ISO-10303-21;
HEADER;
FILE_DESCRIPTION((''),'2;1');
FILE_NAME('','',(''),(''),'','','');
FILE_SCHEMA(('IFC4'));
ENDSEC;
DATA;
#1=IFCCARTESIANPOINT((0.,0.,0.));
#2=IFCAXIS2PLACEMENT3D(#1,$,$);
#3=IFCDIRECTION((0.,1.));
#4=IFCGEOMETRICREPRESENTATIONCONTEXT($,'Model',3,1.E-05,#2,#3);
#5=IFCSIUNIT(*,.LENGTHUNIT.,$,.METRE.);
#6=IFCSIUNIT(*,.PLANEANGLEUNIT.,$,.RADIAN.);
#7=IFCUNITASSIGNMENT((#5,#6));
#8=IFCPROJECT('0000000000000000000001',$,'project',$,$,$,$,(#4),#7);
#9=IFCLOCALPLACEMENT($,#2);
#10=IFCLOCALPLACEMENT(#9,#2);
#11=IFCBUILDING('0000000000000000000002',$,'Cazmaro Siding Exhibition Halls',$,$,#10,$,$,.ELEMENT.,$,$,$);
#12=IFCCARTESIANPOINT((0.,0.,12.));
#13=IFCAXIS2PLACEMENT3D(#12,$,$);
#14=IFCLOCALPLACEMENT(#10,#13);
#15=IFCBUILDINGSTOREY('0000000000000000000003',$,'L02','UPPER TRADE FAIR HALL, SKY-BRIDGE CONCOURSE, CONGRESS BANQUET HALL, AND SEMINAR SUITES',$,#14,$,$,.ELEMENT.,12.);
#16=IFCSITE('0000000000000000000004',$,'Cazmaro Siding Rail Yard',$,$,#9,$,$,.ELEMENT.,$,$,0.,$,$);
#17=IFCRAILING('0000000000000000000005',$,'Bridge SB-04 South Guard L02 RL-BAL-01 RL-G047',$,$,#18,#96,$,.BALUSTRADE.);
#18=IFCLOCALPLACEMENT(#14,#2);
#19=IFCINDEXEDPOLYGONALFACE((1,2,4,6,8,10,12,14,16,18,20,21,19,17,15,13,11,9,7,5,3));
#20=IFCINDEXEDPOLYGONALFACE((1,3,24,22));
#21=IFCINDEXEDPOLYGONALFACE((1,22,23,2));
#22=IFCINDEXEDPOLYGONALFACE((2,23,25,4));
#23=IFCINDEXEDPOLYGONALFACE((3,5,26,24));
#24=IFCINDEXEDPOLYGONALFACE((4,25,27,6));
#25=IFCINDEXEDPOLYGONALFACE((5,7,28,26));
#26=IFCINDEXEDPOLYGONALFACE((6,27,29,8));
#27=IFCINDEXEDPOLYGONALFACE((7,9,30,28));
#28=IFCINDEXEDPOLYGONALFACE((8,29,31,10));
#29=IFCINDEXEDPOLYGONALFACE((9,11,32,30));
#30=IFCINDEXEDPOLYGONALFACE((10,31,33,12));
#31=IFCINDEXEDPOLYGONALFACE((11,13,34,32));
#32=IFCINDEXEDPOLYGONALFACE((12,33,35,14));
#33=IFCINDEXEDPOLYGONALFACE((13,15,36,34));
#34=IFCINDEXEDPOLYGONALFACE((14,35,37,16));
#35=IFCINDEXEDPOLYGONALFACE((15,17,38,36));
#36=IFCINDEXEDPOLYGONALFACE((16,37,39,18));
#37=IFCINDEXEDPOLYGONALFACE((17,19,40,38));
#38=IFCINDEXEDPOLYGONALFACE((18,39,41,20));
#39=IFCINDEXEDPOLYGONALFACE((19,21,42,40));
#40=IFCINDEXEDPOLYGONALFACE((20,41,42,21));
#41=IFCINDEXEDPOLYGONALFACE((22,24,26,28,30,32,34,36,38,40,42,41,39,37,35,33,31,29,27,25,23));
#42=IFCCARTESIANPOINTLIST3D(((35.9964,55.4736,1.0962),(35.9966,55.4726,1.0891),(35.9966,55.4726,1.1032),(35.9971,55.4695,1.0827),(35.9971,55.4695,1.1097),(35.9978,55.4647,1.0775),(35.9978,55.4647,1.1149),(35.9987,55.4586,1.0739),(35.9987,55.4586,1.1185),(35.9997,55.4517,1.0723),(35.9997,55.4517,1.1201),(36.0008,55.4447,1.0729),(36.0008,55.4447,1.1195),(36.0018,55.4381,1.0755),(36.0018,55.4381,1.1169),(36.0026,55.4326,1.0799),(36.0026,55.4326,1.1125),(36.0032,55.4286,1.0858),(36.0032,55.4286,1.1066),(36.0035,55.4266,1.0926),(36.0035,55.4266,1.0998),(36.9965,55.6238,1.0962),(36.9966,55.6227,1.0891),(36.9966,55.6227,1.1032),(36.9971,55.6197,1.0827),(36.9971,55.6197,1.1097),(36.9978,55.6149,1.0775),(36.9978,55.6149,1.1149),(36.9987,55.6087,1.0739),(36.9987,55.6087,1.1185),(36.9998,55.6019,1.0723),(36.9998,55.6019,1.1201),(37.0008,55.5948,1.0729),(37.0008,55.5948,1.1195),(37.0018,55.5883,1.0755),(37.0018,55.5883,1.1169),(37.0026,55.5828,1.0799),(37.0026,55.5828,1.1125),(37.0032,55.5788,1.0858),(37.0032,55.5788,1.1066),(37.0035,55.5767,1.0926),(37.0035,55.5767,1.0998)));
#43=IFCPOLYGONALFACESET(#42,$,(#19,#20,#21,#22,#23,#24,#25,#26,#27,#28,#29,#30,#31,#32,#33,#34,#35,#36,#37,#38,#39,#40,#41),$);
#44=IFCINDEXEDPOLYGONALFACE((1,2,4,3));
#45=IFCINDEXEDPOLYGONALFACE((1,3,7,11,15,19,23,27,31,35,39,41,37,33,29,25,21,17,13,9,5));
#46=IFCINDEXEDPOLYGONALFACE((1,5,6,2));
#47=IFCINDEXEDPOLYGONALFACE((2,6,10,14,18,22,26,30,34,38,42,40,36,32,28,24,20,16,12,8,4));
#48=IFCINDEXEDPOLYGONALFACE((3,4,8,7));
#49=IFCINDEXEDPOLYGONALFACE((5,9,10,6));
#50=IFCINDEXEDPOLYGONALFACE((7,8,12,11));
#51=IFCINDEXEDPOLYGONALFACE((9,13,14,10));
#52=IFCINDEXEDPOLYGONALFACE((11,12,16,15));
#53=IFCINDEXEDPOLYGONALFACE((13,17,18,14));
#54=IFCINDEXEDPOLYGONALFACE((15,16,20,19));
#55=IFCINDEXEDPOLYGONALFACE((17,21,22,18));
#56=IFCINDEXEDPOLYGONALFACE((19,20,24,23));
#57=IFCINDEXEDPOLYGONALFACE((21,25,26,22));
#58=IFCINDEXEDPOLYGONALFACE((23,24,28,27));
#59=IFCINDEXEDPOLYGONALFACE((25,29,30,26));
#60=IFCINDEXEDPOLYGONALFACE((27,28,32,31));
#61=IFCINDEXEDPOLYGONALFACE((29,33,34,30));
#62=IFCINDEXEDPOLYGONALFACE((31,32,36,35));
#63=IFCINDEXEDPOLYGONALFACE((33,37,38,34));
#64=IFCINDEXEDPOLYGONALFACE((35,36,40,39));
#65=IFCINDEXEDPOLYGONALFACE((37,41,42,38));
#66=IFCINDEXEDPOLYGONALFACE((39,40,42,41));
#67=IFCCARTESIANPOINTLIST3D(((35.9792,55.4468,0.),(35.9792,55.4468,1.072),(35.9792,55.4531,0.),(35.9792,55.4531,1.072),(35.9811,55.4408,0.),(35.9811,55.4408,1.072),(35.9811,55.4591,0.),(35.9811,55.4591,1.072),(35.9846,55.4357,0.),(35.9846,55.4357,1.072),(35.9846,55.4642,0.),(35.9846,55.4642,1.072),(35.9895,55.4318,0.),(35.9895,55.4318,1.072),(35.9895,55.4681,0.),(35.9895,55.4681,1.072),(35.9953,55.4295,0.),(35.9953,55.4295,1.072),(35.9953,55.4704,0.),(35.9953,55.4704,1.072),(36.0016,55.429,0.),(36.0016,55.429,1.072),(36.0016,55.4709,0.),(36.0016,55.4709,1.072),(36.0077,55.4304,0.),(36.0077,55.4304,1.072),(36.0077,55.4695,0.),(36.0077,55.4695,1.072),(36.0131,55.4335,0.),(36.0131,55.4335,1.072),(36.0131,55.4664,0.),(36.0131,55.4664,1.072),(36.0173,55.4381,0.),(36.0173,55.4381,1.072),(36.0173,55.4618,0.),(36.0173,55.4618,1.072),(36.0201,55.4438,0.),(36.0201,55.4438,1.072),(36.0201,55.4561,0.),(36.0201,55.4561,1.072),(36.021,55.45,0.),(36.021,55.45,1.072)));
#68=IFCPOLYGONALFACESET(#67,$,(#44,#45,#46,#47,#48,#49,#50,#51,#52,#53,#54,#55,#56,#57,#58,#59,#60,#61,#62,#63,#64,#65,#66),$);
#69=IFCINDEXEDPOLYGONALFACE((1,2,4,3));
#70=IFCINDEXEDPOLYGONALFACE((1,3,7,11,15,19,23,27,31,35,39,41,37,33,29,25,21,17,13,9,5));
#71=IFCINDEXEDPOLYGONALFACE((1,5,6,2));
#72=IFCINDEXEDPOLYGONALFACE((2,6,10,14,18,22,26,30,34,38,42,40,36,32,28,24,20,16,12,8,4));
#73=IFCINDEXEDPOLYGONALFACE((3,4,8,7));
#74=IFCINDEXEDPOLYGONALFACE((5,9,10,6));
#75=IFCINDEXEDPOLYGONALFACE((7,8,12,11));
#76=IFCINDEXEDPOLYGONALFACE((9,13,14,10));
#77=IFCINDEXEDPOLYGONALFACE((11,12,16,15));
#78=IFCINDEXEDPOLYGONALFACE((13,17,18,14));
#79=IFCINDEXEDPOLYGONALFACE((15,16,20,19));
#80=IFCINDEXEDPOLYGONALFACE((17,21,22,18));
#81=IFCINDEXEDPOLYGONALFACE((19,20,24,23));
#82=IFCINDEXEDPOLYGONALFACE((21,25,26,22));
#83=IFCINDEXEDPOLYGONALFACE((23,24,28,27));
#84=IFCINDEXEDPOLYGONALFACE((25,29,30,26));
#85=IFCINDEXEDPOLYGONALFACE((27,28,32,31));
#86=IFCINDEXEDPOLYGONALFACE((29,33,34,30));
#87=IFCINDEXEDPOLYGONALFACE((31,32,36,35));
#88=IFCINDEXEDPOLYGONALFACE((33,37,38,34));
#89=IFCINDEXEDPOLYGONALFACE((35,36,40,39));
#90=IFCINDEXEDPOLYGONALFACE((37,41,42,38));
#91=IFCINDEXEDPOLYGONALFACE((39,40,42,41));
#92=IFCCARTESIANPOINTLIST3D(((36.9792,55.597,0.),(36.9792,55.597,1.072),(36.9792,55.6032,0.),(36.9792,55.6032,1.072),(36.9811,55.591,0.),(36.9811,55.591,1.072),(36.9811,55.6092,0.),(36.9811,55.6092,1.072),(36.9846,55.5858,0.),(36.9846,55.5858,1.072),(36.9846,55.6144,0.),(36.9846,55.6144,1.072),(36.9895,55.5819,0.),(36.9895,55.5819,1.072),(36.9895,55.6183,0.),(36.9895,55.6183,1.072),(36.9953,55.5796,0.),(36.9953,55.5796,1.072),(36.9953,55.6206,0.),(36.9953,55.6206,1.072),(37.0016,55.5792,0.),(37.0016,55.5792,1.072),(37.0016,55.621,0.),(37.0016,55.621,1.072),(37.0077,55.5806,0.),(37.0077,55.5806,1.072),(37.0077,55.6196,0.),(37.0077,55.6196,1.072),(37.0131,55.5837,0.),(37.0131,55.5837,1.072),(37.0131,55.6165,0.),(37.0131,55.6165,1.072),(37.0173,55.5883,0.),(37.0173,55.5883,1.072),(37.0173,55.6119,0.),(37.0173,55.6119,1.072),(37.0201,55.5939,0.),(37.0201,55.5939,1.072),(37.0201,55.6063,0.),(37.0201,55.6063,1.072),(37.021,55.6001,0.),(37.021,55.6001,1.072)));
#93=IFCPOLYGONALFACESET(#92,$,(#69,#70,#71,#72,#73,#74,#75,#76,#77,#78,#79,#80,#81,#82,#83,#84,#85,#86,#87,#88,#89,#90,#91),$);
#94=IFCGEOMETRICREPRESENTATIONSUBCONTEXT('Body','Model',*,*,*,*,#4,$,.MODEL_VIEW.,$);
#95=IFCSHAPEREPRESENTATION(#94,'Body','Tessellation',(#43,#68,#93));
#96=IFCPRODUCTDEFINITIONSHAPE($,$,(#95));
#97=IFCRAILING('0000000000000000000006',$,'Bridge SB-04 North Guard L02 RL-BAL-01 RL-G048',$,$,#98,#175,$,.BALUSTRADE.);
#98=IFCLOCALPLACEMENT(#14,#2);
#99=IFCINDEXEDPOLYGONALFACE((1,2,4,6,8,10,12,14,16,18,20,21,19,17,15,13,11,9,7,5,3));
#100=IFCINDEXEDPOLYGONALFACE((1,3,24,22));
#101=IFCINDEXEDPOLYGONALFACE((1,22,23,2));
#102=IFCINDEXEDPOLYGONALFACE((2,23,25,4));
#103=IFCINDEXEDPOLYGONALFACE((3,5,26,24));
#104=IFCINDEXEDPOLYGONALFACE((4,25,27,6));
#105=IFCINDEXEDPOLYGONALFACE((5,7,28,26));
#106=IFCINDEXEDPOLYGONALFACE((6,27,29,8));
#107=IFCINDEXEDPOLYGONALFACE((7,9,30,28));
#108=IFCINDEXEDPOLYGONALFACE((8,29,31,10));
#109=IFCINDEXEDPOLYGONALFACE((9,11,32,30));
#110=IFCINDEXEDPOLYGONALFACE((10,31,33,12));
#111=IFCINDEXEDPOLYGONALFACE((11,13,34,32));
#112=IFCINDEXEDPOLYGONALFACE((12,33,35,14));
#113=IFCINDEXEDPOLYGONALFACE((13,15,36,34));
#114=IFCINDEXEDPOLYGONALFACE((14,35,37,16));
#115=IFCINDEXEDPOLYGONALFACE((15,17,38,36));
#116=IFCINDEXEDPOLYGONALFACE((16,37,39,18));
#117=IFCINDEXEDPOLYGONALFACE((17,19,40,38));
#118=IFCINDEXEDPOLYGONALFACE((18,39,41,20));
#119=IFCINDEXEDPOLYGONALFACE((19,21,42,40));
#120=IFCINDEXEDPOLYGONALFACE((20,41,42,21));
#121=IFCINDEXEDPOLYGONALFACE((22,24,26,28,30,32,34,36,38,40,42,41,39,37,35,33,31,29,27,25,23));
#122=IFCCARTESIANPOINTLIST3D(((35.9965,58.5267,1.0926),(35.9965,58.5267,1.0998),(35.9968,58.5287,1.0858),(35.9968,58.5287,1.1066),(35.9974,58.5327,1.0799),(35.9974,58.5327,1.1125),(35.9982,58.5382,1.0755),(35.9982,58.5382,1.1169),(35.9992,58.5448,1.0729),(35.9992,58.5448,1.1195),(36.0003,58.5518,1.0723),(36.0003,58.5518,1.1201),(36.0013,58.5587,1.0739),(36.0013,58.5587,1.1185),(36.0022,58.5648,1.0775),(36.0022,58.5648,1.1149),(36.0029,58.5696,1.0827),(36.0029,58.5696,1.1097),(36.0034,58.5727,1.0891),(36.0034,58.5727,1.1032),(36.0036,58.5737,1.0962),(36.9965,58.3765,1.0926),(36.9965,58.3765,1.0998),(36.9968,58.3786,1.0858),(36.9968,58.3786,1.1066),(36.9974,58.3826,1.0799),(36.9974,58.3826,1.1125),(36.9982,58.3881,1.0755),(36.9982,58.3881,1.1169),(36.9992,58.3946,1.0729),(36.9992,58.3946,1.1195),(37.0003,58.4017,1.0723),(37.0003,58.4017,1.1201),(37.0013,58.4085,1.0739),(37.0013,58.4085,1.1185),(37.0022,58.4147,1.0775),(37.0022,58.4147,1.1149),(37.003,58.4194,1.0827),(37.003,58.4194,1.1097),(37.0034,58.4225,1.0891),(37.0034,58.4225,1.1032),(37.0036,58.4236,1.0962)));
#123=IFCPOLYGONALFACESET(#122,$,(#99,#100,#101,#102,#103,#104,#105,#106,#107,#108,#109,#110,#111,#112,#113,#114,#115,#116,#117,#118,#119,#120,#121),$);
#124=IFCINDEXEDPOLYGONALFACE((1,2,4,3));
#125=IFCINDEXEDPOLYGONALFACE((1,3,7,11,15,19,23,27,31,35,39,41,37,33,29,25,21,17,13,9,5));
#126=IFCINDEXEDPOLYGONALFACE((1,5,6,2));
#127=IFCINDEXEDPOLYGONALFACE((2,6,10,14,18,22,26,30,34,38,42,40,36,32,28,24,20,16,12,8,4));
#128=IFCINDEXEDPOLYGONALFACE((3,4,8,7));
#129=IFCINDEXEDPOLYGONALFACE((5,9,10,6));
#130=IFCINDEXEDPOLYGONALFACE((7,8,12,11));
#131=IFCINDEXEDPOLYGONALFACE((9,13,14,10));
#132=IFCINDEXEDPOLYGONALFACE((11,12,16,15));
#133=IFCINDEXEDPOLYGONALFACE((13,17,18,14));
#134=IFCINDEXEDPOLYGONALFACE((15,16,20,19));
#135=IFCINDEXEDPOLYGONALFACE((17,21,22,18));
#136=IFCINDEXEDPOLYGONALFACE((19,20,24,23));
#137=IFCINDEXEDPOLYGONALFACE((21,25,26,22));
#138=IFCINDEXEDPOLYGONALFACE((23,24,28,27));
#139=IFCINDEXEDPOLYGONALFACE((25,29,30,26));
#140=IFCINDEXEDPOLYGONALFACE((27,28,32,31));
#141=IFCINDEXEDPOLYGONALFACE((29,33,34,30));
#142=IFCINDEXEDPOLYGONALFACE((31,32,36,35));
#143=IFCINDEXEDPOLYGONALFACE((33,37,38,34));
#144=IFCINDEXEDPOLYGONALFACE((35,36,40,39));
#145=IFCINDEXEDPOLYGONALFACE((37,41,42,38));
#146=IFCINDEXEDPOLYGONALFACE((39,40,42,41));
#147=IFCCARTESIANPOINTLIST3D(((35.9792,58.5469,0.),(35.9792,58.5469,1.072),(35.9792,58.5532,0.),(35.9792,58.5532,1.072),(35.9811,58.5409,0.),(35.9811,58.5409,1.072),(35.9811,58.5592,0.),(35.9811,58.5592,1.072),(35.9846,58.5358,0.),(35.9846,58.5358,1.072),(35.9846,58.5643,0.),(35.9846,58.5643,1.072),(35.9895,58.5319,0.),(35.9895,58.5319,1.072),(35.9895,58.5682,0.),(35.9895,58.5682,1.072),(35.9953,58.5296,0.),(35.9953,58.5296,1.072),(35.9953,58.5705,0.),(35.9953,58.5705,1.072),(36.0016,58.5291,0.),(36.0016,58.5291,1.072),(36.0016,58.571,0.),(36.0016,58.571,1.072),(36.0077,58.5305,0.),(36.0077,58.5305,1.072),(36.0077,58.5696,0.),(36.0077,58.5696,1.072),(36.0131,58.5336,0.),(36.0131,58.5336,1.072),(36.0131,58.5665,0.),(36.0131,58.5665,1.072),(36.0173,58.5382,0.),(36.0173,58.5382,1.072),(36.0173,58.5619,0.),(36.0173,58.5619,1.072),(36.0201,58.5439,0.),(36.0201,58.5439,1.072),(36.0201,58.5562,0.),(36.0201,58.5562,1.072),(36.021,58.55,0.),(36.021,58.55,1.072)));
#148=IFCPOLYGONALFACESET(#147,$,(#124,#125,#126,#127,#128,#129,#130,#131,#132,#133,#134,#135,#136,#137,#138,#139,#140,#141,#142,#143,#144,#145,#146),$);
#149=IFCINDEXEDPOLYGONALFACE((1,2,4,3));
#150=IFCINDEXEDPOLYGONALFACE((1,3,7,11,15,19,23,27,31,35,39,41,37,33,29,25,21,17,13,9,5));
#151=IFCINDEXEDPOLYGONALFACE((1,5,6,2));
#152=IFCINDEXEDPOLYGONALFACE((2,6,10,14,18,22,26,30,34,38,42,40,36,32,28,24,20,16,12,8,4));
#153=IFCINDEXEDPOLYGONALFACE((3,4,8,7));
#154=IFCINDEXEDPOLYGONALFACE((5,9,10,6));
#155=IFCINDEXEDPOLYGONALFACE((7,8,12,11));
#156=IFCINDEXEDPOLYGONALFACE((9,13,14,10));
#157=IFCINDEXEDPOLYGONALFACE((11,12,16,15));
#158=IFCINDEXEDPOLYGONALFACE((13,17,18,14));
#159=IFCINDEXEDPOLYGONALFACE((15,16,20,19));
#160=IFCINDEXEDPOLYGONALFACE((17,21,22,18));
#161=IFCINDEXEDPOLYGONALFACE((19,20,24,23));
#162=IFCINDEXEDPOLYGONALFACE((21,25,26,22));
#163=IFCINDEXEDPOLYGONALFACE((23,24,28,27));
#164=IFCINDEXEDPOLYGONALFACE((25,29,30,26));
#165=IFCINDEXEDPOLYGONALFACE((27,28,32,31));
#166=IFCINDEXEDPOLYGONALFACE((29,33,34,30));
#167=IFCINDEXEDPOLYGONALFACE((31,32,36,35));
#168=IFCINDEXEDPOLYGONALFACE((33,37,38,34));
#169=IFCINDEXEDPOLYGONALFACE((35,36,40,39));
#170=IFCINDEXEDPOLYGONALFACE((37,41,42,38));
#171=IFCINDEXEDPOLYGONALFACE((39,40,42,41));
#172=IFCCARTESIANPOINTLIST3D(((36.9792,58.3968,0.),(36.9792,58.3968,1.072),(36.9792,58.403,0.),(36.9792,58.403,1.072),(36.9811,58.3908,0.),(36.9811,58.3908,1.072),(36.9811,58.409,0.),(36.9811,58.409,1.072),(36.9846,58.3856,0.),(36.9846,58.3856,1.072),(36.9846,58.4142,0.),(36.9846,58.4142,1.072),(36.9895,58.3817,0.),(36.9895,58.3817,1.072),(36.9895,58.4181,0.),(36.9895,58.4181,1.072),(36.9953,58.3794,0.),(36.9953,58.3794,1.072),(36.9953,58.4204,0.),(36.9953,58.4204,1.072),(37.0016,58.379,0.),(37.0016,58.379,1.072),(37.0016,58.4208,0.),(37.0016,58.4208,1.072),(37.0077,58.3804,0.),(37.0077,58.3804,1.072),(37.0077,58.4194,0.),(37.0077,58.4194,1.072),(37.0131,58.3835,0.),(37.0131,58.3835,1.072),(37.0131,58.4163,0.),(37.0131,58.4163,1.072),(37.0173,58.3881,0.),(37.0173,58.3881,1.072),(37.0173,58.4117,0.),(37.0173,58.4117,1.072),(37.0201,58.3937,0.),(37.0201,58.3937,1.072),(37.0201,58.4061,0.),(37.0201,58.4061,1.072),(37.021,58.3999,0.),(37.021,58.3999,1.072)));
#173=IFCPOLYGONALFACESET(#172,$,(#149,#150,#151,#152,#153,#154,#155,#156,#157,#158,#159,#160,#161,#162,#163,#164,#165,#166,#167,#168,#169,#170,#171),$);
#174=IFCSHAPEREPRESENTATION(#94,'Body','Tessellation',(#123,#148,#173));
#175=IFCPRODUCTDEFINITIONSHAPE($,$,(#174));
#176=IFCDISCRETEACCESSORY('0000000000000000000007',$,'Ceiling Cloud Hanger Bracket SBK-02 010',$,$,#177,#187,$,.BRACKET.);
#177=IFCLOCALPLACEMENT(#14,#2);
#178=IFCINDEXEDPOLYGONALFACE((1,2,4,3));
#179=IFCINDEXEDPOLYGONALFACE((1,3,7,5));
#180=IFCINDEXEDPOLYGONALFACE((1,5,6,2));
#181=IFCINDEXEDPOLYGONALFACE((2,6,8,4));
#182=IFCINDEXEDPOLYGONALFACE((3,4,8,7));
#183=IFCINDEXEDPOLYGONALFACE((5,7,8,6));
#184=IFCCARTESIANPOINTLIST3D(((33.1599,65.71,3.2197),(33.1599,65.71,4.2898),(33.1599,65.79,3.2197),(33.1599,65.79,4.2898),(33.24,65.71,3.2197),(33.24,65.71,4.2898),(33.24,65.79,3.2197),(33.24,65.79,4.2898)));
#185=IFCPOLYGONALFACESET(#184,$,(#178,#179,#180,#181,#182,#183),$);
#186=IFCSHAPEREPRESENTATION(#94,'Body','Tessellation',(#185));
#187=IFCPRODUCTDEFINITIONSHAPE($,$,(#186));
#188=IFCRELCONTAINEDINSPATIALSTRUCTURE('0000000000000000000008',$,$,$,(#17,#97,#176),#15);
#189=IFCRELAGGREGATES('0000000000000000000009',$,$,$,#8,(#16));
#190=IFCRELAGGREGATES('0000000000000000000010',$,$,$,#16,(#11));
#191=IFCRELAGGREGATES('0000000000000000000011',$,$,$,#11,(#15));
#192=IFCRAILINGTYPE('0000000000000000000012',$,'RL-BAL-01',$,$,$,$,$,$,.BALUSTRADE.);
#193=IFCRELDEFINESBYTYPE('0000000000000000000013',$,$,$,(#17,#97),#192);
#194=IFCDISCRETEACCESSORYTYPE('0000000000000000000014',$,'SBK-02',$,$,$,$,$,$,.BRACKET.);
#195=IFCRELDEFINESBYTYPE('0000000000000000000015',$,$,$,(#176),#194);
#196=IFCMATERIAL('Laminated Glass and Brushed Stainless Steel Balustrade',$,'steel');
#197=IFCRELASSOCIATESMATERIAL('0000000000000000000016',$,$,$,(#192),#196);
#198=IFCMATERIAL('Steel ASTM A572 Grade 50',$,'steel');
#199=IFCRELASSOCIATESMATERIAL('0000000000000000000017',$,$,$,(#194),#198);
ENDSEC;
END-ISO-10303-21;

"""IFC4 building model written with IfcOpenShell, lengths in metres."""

from ifc_helpers import new_model, si_unit, direction, frame, origin, origin_2d, place, context, subcontext, project, spatial, rectangle, circle, extrude, material, type_object, element, save


model = new_model("IFC4")

# Units and contexts
model_context = context("Model", 3, precision=1e-05, world=origin(), true_north=direction((0.0, 1.0)))
body_context = subcontext(model_context, "Body", "Model", "MODEL_VIEW")
ifc_project = project(units=[si_unit("LENGTHUNIT", "METRE"), si_unit("PLANEANGLEUNIT", "RADIAN")], contexts=[model_context])

# Site, building, storey
site_placement = place(None, origin())
site = spatial("IfcSite", under=ifc_project, at=site_placement, Name="Cazmaro Siding Rail Yard", CompositionType="ELEMENT", RefElevation=0.0)
building_placement = place(site_placement, origin())
building = spatial("IfcBuilding", under=site, at=building_placement, Name="Cazmaro Siding Exhibition Halls", CompositionType="ELEMENT")
storey_placement = place(building_placement, frame((0.0, 0.0, 12.0)))
storey = spatial("IfcBuildingStorey", under=building, at=storey_placement, Name="L02", Description="UPPER TRADE FAIR HALL, SKY-BRIDGE CONCOURSE, CONGRESS BANQUET HALL, AND SEMINAR SUITES", CompositionType="ELEMENT", Elevation=12.0)

# Railings
ifc_material_1 = material(Name="Laminated Glass and Brushed Stainless Steel Balustrade", Category="steel")
railing_type = type_object("IfcRailingType", Name="RL-BAL-01", PredefinedType="BALUSTRADE", material=ifc_material_1)
railing_1_placement = place(storey_placement, frame((36.0, 55.45, 0.0)))
element("IfcRailing", 1, at=railing_1_placement, inside=storey, type_object=railing_type, Name="Bridge SB-04 South Guard L02 RL-BAL-01 RL-G047", PredefinedType="BALUSTRADE", context=body_context, shape_type="SweptSolid", body=[
    extrude(circle(Radius=0.0239, at=origin_2d()), frame((0.0, 0.0, 1.0962), z_axis=(0.988915, 0.148482, 0.0), x_axis=(-0.148482, 0.988915, 0.0)), (0.0, 0.0, 1.0), 1.0112),
    extrude(circle(Radius=0.021, at=origin_2d()), origin(), (0.0, 0.0, 1.0), 1.072),
    extrude(circle(Radius=0.021, at=origin_2d()), frame((1.0, 0.1501, 0.0)), (0.0, 0.0, 1.0), 1.072),
])
railing_2_placement = place(storey_placement, frame((36.0, 58.55, 0.0)))
element("IfcRailing", 2, at=railing_2_placement, inside=storey, type_object=railing_type, Name="Bridge SB-04 North Guard L02 RL-BAL-01 RL-G048", PredefinedType="BALUSTRADE", context=body_context, shape_type="SweptSolid", body=[
    extrude(circle(Radius=0.0239, at=origin_2d()), frame((0.0, 0.0, 1.0962), z_axis=(0.988915, -0.148482, 0.0), x_axis=(0.148482, 0.988915, 0.0)), (0.0, 0.0, 1.0), 1.0112),
    extrude(circle(Radius=0.021, at=origin_2d()), origin(), (0.0, 0.0, 1.0), 1.072),
    extrude(circle(Radius=0.021, at=origin_2d()), frame((1.0, -0.1501, 0.0)), (0.0, 0.0, 1.0), 1.072),
])

# Discrete accessory
ifc_material_2 = material(Name="Steel ASTM A572 Grade 50", Category="steel")
discrete_accessory_type = type_object("IfcDiscreteAccessoryType", Name="SBK-02", PredefinedType="BRACKET", material=ifc_material_2)
discrete_accessory_placement = place(storey_placement, frame((33.2, 65.75, 3.2197), z_axis=(0.0, 0.0, 1.0), x_axis=(1.0, 0.0, 0.0)))
element("IfcDiscreteAccessory", 3, at=discrete_accessory_placement, inside=storey, type_object=discrete_accessory_type, Name="Ceiling Cloud Hanger Bracket SBK-02 010", PredefinedType="BRACKET", context=body_context, shape_type="SweptSolid", body=[
    extrude(rectangle(XDim=0.0801, YDim=0.0801, at=origin_2d()), origin(), (0.0, 0.0, 1.0), 1.0701),
])

save(model, "model.ifc")
